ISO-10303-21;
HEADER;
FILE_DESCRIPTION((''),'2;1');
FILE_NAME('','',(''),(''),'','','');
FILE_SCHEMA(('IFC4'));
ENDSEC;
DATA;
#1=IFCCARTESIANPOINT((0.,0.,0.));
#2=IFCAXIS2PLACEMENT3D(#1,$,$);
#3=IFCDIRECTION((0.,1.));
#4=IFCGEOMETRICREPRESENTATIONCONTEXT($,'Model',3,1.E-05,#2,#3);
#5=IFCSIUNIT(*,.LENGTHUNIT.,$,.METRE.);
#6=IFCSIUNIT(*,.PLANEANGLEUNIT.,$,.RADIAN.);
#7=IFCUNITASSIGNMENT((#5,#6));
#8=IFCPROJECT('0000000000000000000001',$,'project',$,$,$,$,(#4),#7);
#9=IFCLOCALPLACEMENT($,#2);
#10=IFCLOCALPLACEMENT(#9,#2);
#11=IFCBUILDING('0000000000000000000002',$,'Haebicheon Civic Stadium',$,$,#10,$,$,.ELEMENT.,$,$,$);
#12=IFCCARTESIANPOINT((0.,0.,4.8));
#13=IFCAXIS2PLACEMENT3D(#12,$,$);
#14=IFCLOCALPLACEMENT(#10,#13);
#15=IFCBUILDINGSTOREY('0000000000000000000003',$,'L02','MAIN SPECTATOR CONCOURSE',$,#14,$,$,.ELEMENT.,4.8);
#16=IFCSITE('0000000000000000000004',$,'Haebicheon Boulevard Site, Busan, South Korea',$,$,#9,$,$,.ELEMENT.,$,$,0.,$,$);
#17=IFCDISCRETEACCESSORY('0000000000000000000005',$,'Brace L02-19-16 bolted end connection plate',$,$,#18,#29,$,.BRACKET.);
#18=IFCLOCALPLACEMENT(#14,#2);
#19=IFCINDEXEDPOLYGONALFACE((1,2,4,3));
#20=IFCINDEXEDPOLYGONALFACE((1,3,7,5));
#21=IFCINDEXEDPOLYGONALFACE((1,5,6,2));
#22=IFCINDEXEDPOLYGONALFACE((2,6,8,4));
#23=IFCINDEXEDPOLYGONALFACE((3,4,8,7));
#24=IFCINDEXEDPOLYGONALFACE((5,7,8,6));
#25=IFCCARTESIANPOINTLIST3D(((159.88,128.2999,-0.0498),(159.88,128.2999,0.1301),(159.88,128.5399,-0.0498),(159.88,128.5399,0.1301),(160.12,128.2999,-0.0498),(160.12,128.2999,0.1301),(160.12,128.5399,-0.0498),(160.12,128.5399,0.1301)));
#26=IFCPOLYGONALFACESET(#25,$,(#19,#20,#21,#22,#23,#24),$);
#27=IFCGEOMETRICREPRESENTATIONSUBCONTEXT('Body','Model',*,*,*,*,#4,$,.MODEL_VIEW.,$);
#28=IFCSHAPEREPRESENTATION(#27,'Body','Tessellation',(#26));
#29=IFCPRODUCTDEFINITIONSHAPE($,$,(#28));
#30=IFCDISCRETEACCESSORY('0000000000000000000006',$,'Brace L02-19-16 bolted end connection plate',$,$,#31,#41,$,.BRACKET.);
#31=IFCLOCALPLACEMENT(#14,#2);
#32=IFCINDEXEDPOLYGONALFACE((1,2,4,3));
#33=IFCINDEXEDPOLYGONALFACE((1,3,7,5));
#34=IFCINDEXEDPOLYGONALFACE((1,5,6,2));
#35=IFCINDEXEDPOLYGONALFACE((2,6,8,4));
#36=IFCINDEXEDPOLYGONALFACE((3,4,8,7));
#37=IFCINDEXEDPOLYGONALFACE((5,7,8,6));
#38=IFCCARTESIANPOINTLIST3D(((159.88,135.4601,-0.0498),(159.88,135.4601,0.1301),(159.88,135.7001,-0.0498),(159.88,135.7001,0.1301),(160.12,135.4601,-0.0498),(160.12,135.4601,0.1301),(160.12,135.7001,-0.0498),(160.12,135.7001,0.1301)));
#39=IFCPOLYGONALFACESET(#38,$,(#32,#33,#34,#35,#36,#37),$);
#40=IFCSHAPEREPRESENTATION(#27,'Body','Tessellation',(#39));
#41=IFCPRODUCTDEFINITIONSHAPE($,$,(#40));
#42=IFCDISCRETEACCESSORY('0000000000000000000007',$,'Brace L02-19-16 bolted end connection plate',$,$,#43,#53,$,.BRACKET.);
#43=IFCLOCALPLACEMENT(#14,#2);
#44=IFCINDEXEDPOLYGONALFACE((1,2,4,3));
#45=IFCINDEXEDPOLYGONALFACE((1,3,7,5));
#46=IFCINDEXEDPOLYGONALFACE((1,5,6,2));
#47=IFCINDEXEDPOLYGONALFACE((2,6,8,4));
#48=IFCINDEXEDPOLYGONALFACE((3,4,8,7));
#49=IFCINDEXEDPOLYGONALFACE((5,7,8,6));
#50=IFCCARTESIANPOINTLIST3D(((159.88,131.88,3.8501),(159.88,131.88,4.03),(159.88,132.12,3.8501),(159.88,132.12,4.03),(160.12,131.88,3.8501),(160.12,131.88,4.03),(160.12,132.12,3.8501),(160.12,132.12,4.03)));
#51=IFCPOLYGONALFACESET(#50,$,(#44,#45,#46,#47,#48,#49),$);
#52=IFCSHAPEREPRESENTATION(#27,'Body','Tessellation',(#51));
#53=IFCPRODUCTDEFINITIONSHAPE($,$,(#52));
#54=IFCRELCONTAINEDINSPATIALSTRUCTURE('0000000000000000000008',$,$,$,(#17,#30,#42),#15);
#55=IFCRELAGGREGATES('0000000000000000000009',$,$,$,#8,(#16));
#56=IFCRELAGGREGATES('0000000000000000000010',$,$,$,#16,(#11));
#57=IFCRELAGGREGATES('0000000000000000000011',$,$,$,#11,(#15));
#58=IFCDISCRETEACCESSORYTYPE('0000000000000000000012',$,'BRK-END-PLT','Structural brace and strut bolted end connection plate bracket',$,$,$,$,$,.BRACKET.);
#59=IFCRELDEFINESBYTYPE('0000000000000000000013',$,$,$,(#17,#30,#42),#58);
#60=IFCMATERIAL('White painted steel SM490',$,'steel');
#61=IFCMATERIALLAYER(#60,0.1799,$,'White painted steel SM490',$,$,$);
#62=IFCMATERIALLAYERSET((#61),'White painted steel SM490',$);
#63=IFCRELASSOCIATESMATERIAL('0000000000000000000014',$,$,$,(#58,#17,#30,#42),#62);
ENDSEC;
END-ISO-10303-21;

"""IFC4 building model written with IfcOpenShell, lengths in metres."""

from ifc_helpers import new_model, si_unit, direction, frame, origin, origin_2d, place, context, subcontext, project, spatial, rectangle, extrude, material, layer, layer_set, type_object, element, save


model = new_model("IFC4")

# Units and contexts
model_context = context("Model", 3, precision=1e-05, world=origin(), true_north=direction((0.0, 1.0)))
body_context = subcontext(model_context, "Body", "Model", "MODEL_VIEW")
ifc_project = project(units=[si_unit("LENGTHUNIT", "METRE"), si_unit("PLANEANGLEUNIT", "RADIAN")], contexts=[model_context])

# Site, building, storey
site_placement = place(None, origin())
site = spatial("IfcSite", under=ifc_project, at=site_placement, Name="Haebicheon Boulevard Site, Busan, South Korea", CompositionType="ELEMENT", RefElevation=0.0)
building_placement = place(site_placement, origin())
building = spatial("IfcBuilding", under=site, at=building_placement, Name="Haebicheon Civic Stadium", CompositionType="ELEMENT")
storey_placement = place(building_placement, frame((0.0, 0.0, 4.8)))
storey = spatial("IfcBuildingStorey", under=building, at=storey_placement, Name="L02", Description="MAIN SPECTATOR CONCOURSE", CompositionType="ELEMENT", Elevation=4.8)

# Discrete accessories
ifc_material_1 = material(Name="White painted steel SM490", Category="steel")
ifc_layer_1 = layer(ifc_material_1, 0.1799, Name="White painted steel SM490")
ifc_layer_set_1 = layer_set([ifc_layer_1], Name="White painted steel SM490")
discrete_accessory_type_1 = type_object("IfcDiscreteAccessoryType", Name="BRK-END-PLT", Description="Structural brace and strut bolted end connection plate bracket", PredefinedType="BRACKET", material=ifc_layer_set_1)
for number, where, z_axis, x_axis, name in (
    (1, (160.0, 128.4199, -0.0498), (0.0, 0.0, 1.0), (1.0, 0.0, 0.0), "Brace L02-19-16 bolted end connection plate"),
    (2, (160.0, 135.5801, -0.0498), (0.0, 0.0, 1.0), (1.0, 0.0, 0.0), "Brace L02-19-16 bolted end connection plate"),
    (3, (160.0, 132.0, 3.8501), (0.0, 0.0, 1.0), (1.0, 0.0, 0.0), "Brace L02-19-16 bolted end connection plate"),
):
    element("IfcDiscreteAccessory", number, at=place(storey_placement, frame(where, z_axis=z_axis, x_axis=x_axis)), inside=storey, type_object=discrete_accessory_type_1, material=ifc_layer_set_1, Name=name, PredefinedType="BRACKET", context=body_context, shape_type="SweptSolid", body=[
        extrude(rectangle(XDim=0.24, YDim=0.24, at=origin_2d()), origin(), (0.0, 0.0, 1.0), 0.1799),
    ])

save(model, "model.ifc")
